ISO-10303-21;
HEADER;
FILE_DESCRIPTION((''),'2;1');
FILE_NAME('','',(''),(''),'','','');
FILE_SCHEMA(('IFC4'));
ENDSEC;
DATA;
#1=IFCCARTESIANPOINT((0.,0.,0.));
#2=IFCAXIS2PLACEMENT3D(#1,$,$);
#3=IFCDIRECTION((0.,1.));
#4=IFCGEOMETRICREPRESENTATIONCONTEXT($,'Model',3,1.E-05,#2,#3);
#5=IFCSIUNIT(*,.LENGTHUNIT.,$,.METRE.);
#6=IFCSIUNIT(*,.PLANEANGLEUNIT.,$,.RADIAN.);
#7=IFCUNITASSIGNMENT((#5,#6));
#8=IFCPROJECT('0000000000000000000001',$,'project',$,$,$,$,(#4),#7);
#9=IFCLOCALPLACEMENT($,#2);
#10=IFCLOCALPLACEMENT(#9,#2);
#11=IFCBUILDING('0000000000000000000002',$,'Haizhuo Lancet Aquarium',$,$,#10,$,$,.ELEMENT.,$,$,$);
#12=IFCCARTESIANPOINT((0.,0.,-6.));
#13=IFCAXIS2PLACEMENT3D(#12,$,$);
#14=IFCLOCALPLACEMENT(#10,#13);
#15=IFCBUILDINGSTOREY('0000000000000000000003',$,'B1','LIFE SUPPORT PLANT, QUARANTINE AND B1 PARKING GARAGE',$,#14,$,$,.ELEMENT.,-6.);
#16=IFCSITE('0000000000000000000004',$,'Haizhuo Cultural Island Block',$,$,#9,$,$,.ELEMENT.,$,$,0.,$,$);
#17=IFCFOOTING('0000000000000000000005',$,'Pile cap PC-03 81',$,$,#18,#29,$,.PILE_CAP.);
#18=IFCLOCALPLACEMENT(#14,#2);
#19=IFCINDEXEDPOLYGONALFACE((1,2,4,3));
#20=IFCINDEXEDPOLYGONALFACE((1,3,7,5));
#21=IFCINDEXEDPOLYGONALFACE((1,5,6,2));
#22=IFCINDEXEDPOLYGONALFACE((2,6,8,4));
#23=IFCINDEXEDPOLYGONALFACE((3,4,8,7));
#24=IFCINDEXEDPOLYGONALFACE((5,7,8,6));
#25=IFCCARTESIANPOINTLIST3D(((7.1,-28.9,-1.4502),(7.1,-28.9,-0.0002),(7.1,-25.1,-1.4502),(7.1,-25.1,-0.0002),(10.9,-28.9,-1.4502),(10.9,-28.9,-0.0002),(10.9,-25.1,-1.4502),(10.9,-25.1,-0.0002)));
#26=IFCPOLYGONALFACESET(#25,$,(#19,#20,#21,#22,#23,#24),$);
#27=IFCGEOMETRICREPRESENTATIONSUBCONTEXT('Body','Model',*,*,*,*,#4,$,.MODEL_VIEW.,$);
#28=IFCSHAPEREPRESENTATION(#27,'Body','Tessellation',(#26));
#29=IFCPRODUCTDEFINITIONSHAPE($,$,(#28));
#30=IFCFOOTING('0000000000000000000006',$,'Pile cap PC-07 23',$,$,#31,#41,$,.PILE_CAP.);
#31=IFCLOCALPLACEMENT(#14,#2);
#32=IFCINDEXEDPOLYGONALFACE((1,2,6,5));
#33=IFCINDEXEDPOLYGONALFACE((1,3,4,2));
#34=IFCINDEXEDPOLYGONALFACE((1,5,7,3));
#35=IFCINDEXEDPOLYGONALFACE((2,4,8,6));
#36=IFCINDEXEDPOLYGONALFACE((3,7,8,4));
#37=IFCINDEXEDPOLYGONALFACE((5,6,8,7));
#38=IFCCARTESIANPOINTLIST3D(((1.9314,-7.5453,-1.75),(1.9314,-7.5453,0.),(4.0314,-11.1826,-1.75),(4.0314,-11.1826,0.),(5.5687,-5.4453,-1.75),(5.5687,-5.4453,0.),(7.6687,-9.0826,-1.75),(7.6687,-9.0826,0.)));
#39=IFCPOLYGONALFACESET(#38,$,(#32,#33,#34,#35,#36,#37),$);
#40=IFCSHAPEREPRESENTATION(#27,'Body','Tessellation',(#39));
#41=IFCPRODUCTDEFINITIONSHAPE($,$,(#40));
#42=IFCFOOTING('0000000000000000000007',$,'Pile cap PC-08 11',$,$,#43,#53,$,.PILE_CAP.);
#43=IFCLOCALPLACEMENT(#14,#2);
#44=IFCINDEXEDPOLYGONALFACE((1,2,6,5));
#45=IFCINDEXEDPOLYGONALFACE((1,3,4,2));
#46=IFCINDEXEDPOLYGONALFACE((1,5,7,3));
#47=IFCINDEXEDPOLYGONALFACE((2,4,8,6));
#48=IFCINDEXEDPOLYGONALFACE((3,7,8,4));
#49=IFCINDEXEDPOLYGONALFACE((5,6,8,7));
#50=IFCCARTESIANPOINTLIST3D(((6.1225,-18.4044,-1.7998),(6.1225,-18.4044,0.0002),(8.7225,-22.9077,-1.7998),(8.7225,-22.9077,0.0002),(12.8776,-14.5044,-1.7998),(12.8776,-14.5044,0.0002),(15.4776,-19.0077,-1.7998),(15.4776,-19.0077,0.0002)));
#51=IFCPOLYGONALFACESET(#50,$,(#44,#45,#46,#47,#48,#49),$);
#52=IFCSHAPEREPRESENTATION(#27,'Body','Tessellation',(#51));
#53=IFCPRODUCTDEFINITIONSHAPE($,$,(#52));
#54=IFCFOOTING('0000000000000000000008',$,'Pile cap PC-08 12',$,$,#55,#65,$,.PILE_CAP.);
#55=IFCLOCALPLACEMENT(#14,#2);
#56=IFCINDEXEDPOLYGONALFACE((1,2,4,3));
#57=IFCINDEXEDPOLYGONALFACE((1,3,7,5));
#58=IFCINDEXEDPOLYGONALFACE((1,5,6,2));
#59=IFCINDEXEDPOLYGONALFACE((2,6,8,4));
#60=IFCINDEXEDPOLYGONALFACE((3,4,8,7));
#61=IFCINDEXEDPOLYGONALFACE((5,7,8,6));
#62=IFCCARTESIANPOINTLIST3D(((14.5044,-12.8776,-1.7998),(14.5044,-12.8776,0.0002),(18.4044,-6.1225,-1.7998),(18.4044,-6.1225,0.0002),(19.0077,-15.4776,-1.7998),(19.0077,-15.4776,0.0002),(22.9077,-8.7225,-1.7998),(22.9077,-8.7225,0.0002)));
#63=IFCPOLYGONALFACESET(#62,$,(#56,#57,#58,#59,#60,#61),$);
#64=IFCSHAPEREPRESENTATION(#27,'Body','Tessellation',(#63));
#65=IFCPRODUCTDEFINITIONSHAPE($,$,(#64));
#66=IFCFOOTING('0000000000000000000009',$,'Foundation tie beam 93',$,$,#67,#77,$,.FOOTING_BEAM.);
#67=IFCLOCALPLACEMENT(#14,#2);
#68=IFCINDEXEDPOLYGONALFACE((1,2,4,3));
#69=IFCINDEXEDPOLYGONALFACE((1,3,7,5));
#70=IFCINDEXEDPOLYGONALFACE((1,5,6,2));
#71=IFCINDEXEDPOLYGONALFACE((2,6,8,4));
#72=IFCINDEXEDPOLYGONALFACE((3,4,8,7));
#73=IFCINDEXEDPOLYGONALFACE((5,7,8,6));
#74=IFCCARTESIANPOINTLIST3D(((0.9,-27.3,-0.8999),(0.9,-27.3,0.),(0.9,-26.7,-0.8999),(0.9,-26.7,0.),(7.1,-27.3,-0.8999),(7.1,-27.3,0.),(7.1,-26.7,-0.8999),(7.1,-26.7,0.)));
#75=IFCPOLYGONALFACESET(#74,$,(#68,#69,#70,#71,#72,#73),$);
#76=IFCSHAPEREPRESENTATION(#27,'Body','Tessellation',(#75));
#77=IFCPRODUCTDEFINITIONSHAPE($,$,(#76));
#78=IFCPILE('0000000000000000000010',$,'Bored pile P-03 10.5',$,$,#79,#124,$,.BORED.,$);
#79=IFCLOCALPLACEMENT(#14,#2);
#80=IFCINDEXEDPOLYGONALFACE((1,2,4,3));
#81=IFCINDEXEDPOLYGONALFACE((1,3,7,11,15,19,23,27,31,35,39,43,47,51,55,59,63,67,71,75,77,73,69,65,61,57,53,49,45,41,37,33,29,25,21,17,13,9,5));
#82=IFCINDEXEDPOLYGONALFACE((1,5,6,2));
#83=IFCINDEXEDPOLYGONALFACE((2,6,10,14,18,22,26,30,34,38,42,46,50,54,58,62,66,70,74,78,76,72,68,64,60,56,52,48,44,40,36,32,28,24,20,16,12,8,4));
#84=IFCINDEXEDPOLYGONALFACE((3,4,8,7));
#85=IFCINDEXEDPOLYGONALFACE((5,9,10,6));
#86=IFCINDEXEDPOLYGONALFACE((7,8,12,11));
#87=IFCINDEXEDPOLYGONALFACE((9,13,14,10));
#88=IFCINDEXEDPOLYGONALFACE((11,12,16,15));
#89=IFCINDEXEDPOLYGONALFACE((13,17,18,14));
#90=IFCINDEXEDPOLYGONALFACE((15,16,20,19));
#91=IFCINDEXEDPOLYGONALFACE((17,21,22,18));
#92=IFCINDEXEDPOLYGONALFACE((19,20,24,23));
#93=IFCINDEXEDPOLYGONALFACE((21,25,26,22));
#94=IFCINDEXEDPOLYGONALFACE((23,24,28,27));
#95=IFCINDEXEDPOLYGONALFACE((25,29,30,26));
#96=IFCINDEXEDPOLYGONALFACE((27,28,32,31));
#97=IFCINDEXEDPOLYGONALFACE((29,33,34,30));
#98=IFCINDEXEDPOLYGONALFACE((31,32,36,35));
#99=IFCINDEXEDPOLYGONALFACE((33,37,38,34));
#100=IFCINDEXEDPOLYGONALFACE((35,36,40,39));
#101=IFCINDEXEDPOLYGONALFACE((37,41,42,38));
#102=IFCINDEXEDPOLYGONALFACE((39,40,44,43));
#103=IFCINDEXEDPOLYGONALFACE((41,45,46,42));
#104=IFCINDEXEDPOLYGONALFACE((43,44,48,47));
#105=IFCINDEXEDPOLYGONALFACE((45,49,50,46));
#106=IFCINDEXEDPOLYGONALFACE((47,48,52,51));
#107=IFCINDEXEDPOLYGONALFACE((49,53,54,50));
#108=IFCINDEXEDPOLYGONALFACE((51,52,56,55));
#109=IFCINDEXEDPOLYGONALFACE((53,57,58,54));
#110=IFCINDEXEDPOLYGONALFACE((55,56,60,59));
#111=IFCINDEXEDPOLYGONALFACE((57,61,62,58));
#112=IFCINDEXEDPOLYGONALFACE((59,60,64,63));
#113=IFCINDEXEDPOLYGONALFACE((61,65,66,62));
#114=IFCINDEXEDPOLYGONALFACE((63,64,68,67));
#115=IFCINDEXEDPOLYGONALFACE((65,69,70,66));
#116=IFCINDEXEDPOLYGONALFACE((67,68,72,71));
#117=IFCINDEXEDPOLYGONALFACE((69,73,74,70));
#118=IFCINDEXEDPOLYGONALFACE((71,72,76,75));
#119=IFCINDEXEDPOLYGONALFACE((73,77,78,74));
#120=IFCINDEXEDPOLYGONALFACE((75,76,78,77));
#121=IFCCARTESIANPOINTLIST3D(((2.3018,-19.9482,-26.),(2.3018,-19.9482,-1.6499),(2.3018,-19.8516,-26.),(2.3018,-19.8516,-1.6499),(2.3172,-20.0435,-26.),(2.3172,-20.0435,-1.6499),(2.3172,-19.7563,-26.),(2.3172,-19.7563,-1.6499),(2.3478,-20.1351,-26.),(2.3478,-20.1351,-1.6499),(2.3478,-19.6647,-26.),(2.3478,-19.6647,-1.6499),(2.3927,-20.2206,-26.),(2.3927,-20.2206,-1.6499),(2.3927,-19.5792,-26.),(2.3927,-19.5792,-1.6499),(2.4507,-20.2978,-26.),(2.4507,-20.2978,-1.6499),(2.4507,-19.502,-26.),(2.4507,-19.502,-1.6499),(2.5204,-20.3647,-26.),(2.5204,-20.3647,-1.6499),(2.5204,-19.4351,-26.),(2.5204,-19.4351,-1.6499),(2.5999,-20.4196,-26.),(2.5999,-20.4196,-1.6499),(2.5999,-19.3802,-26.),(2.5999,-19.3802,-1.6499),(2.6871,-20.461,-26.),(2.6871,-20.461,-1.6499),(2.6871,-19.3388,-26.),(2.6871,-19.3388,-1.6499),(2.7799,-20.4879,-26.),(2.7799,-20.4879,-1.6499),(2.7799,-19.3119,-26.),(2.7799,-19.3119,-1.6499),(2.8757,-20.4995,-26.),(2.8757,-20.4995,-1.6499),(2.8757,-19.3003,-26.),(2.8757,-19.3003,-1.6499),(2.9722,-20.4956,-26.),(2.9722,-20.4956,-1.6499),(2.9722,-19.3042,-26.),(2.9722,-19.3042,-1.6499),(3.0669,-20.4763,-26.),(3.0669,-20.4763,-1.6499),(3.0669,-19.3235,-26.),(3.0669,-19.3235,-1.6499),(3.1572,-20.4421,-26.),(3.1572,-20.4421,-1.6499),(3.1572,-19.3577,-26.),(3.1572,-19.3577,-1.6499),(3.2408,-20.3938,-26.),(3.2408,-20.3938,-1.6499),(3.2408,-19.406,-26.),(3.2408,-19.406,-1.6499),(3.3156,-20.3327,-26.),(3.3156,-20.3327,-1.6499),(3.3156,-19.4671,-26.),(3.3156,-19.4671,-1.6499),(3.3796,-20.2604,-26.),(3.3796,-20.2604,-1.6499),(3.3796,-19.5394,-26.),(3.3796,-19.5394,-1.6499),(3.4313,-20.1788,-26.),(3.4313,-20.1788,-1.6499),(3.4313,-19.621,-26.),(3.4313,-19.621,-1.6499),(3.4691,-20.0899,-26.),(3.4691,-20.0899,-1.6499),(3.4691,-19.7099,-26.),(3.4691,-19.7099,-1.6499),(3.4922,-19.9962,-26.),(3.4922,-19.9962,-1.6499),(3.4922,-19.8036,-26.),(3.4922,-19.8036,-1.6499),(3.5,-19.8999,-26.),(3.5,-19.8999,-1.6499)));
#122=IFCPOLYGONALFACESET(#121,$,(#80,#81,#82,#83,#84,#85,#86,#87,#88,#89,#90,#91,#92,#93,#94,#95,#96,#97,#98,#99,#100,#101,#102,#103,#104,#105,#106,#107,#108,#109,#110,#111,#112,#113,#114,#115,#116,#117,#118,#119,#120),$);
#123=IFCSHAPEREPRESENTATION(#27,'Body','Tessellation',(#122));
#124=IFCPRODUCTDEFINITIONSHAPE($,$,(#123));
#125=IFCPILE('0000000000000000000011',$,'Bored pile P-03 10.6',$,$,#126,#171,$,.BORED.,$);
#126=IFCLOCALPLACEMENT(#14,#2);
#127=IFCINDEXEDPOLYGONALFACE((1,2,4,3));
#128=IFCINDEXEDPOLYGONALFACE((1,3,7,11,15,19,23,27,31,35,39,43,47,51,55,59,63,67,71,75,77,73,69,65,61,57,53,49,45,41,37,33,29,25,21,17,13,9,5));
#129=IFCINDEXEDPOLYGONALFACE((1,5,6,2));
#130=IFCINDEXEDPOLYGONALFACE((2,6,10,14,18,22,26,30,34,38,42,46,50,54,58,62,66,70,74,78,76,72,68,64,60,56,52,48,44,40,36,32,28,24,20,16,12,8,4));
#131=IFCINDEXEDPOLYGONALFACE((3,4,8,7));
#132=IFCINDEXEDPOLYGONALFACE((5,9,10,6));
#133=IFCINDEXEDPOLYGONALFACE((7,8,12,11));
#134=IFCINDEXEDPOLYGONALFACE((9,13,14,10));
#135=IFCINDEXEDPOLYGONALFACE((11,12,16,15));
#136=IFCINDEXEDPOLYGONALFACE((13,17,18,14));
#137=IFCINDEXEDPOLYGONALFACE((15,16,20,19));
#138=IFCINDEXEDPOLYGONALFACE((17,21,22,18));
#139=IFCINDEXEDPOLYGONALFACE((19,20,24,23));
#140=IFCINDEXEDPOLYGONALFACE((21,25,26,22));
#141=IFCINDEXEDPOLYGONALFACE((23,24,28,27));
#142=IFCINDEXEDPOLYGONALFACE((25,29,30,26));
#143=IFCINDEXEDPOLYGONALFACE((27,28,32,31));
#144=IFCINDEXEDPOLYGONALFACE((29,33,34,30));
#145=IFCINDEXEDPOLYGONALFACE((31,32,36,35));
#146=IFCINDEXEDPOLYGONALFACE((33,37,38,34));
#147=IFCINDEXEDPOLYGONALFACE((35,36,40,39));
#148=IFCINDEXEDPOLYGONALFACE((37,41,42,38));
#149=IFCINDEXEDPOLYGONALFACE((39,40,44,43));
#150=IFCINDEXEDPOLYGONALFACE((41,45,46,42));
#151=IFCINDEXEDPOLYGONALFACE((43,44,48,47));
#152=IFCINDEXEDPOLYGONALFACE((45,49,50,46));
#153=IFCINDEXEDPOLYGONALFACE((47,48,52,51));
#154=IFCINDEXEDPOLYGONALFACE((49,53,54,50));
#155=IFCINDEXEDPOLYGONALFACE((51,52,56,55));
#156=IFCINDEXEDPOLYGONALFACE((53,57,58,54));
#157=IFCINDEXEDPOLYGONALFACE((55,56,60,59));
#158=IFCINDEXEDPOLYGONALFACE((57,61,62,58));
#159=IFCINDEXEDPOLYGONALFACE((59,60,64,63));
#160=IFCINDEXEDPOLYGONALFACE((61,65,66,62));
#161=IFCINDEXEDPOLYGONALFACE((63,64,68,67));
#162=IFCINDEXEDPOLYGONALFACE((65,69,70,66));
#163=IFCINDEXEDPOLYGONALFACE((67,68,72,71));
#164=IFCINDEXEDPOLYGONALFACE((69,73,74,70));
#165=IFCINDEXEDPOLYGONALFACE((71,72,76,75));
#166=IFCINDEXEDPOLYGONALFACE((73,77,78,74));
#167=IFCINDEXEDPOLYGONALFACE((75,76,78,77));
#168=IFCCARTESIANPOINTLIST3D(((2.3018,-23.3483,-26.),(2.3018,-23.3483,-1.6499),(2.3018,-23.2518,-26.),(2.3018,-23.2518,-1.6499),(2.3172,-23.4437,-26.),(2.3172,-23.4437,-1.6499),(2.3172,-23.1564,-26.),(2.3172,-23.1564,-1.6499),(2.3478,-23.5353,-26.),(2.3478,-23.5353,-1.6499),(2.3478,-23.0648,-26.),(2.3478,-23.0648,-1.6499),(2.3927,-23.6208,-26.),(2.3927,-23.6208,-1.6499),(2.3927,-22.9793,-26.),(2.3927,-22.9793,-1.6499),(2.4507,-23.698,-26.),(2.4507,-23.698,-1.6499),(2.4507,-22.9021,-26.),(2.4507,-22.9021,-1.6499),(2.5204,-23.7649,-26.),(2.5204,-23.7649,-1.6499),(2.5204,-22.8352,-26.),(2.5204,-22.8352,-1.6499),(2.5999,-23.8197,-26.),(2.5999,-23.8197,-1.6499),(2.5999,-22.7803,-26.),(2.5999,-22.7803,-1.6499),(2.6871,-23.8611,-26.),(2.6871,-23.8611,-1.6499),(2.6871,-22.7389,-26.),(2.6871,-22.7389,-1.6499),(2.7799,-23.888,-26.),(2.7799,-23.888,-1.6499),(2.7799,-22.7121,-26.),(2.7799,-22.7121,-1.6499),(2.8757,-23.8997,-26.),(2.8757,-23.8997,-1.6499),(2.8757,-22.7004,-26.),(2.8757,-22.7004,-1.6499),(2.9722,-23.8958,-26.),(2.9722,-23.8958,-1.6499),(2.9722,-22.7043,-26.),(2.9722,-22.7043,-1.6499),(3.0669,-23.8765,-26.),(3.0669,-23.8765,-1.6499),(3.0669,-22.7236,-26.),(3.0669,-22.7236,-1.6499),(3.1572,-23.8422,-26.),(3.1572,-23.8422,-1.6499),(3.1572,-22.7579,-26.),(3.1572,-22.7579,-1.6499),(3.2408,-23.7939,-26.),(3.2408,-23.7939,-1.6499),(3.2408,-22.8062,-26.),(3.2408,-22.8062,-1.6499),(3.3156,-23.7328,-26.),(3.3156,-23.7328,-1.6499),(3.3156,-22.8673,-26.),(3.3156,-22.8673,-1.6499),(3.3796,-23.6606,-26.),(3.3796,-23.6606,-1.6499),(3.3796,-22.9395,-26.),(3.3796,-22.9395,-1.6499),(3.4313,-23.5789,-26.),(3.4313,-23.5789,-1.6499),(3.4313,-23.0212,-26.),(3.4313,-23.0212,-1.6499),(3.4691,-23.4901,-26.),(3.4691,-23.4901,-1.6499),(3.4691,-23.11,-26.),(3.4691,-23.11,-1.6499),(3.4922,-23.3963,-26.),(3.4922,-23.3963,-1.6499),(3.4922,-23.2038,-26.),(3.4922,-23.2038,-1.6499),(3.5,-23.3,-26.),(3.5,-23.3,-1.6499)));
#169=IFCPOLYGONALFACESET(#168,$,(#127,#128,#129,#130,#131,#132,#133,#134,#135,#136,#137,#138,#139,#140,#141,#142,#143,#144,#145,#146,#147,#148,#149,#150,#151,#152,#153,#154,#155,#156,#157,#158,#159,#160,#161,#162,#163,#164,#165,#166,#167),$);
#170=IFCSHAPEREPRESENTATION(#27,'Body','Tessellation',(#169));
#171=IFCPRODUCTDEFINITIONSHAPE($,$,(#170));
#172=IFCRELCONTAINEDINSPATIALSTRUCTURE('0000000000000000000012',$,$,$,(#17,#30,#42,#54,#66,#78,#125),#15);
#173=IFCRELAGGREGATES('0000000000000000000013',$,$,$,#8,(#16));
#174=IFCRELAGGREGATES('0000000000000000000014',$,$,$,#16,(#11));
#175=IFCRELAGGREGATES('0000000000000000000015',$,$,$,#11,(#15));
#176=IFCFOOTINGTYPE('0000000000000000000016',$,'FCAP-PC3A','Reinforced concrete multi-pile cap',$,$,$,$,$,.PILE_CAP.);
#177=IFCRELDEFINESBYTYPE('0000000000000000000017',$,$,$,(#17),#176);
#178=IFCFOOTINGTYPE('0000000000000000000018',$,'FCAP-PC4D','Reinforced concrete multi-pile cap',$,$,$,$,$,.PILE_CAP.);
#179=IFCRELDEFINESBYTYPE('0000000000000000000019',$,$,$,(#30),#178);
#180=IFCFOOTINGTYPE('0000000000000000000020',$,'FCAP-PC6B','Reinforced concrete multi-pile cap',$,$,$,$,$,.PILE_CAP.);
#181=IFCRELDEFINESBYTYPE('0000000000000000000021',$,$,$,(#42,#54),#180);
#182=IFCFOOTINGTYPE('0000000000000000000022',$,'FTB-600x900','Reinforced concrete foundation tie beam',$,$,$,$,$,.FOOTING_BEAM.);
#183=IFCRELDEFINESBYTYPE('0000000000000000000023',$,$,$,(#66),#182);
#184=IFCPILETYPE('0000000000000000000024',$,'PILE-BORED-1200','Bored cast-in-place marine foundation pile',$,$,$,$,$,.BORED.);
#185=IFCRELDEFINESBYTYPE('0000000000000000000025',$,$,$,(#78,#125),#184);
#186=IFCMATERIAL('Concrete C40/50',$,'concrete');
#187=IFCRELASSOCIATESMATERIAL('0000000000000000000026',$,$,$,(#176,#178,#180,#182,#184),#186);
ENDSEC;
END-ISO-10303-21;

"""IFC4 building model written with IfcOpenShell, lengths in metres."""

from ifc_helpers import new_model, si_unit, direction, frame, origin, origin_2d, place, context, subcontext, project, spatial, rectangle, circle, extrude, material, material_profile, profile_set, type_object, element, save


model = new_model("IFC4")

# Units and contexts
model_context = context("Model", 3, precision=1e-05, world=origin(), true_north=direction((0.0, 1.0)))
body_context = subcontext(model_context, "Body", "Model", "MODEL_VIEW")
ifc_project = project(units=[si_unit("LENGTHUNIT", "METRE"), si_unit("PLANEANGLEUNIT", "RADIAN")], contexts=[model_context])

# Site, building, storey
site_placement = place(None, origin())
site = spatial("IfcSite", under=ifc_project, at=site_placement, Name="Haizhuo Cultural Island Block", CompositionType="ELEMENT", RefElevation=0.0)
building_placement = place(site_placement, origin())
building = spatial("IfcBuilding", under=site, at=building_placement, Name="Haizhuo Lancet Aquarium", CompositionType="ELEMENT")
storey_placement = place(building_placement, frame((0.0, 0.0, -6.0)))
storey = spatial("IfcBuildingStorey", under=building, at=storey_placement, Name="B1", Description="LIFE SUPPORT PLANT, QUARANTINE AND B1 PARKING GARAGE", CompositionType="ELEMENT", Elevation=-6.0)

# Footings
ifc_material_1 = material(Name="Concrete C40/50", Category="concrete")
footing_type_1 = type_object("IfcFootingType", Name="FCAP-PC3A", Description="Reinforced concrete multi-pile cap", PredefinedType="PILE_CAP", material=ifc_material_1)
footing_1_placement = place(storey_placement, frame((9.0, -27.0, -1.4502), z_axis=(0.0, 0.0, 1.0), x_axis=(1.0, 0.0, 0.0)))
element("IfcFooting", 1, at=footing_1_placement, inside=storey, type_object=footing_type_1, Name="Pile cap PC-03 81", PredefinedType="PILE_CAP", context=body_context, shape_type="SweptSolid", body=[
    extrude(rectangle(XDim=3.8, YDim=3.8, at=origin_2d()), origin(), (0.0, 0.0, 1.0), 1.45),
])
footing_type_2 = type_object("IfcFootingType", Name="FCAP-PC4D", Description="Reinforced concrete multi-pile cap", PredefinedType="PILE_CAP", material=ifc_material_1)
footing_2_placement = place(storey_placement, frame((4.8, -8.314, -1.75), z_axis=(0.0, 0.0, 1.0), x_axis=(0.5, -0.866025, 0.0)))
element("IfcFooting", 2, at=footing_2_placement, inside=storey, type_object=footing_type_2, Name="Pile cap PC-07 23", PredefinedType="PILE_CAP", context=body_context, shape_type="SweptSolid", body=[
    extrude(rectangle(XDim=4.2, YDim=4.2, at=origin_2d()), origin(), (0.0, 0.0, 1.0), 1.75),
])
footing_type_3 = type_object("IfcFootingType", Name="FCAP-PC6B", Description="Reinforced concrete multi-pile cap", PredefinedType="PILE_CAP", material=ifc_material_1)
for number, where, z_axis, x_axis, name in (
    (3, (10.8, -18.7061, -1.7998), (0.0, 0.0, 1.0), (0.5, -0.866025, 0.0), "Pile cap PC-08 11"),
    (4, (18.7061, -10.8, -1.7998), (0.0, 0.0, 1.0), (0.866025, -0.5, 0.0), "Pile cap PC-08 12"),
):
    element("IfcFooting", number, at=place(storey_placement, frame(where, z_axis=z_axis, x_axis=x_axis)), inside=storey, type_object=footing_type_3, Name=name, PredefinedType="PILE_CAP", context=body_context, shape_type="SweptSolid", body=[
        extrude(rectangle(XDim=5.2, YDim=7.8, at=origin_2d()), origin(), (0.0, 0.0, 1.0), 1.8),
    ])
footing_type_4 = type_object("IfcFootingType", Name="FTB-600x900", Description="Reinforced concrete foundation tie beam", PredefinedType="FOOTING_BEAM", material=ifc_material_1)
footing_3_placement = place(storey_placement, frame((4.0, -27.0, -0.8999), z_axis=(0.0, 0.0, 1.0), x_axis=(1.0, 0.0, 0.0)))
element("IfcFooting", 5, at=footing_3_placement, inside=storey, type_object=footing_type_4, Name="Foundation tie beam 93", PredefinedType="FOOTING_BEAM", context=body_context, shape_type="SweptSolid", body=[
    extrude(rectangle(XDim=6.2, YDim=0.6001, at=origin_2d()), origin(), (0.0, 0.0, 1.0), 0.8999),
])

# Piles
ifc_material_profile_1 = material_profile(ifc_material_1, circle(Radius=0.6001, at=origin_2d()), Name="PILE-1200")
ifc_profile_set_1 = profile_set([ifc_material_profile_1], Name="Concrete C40/50")
pile_type_1 = type_object("IfcPileType", Name="PILE-BORED-1200", Description="Bored cast-in-place marine foundation pile", PredefinedType="BORED", material=ifc_profile_set_1)
for number, where, z_axis, x_axis, name in (
    (6, (2.8999, -19.8999, -1.6499), (0.0, 0.0, -1.0), (1.0, 0.0, 0.0), "Bored pile P-03 10.5"),
    (7, (2.8999, -23.3, -1.6499), (0.0, 0.0, -1.0), (1.0, 0.0, 0.0), "Bored pile P-03 10.6"),
):
    element("IfcPile", number, at=place(storey_placement, frame(where, z_axis=z_axis, x_axis=x_axis)), inside=storey, type_object=pile_type_1, Name=name, PredefinedType="BORED", context=body_context, shape_type="SweptSolid", body=[
        extrude(circle(Radius=0.6001, at=origin_2d()), origin(), (0.0, 0.0, 1.0), 24.3501),
    ])

save(model, "model.ifc")
